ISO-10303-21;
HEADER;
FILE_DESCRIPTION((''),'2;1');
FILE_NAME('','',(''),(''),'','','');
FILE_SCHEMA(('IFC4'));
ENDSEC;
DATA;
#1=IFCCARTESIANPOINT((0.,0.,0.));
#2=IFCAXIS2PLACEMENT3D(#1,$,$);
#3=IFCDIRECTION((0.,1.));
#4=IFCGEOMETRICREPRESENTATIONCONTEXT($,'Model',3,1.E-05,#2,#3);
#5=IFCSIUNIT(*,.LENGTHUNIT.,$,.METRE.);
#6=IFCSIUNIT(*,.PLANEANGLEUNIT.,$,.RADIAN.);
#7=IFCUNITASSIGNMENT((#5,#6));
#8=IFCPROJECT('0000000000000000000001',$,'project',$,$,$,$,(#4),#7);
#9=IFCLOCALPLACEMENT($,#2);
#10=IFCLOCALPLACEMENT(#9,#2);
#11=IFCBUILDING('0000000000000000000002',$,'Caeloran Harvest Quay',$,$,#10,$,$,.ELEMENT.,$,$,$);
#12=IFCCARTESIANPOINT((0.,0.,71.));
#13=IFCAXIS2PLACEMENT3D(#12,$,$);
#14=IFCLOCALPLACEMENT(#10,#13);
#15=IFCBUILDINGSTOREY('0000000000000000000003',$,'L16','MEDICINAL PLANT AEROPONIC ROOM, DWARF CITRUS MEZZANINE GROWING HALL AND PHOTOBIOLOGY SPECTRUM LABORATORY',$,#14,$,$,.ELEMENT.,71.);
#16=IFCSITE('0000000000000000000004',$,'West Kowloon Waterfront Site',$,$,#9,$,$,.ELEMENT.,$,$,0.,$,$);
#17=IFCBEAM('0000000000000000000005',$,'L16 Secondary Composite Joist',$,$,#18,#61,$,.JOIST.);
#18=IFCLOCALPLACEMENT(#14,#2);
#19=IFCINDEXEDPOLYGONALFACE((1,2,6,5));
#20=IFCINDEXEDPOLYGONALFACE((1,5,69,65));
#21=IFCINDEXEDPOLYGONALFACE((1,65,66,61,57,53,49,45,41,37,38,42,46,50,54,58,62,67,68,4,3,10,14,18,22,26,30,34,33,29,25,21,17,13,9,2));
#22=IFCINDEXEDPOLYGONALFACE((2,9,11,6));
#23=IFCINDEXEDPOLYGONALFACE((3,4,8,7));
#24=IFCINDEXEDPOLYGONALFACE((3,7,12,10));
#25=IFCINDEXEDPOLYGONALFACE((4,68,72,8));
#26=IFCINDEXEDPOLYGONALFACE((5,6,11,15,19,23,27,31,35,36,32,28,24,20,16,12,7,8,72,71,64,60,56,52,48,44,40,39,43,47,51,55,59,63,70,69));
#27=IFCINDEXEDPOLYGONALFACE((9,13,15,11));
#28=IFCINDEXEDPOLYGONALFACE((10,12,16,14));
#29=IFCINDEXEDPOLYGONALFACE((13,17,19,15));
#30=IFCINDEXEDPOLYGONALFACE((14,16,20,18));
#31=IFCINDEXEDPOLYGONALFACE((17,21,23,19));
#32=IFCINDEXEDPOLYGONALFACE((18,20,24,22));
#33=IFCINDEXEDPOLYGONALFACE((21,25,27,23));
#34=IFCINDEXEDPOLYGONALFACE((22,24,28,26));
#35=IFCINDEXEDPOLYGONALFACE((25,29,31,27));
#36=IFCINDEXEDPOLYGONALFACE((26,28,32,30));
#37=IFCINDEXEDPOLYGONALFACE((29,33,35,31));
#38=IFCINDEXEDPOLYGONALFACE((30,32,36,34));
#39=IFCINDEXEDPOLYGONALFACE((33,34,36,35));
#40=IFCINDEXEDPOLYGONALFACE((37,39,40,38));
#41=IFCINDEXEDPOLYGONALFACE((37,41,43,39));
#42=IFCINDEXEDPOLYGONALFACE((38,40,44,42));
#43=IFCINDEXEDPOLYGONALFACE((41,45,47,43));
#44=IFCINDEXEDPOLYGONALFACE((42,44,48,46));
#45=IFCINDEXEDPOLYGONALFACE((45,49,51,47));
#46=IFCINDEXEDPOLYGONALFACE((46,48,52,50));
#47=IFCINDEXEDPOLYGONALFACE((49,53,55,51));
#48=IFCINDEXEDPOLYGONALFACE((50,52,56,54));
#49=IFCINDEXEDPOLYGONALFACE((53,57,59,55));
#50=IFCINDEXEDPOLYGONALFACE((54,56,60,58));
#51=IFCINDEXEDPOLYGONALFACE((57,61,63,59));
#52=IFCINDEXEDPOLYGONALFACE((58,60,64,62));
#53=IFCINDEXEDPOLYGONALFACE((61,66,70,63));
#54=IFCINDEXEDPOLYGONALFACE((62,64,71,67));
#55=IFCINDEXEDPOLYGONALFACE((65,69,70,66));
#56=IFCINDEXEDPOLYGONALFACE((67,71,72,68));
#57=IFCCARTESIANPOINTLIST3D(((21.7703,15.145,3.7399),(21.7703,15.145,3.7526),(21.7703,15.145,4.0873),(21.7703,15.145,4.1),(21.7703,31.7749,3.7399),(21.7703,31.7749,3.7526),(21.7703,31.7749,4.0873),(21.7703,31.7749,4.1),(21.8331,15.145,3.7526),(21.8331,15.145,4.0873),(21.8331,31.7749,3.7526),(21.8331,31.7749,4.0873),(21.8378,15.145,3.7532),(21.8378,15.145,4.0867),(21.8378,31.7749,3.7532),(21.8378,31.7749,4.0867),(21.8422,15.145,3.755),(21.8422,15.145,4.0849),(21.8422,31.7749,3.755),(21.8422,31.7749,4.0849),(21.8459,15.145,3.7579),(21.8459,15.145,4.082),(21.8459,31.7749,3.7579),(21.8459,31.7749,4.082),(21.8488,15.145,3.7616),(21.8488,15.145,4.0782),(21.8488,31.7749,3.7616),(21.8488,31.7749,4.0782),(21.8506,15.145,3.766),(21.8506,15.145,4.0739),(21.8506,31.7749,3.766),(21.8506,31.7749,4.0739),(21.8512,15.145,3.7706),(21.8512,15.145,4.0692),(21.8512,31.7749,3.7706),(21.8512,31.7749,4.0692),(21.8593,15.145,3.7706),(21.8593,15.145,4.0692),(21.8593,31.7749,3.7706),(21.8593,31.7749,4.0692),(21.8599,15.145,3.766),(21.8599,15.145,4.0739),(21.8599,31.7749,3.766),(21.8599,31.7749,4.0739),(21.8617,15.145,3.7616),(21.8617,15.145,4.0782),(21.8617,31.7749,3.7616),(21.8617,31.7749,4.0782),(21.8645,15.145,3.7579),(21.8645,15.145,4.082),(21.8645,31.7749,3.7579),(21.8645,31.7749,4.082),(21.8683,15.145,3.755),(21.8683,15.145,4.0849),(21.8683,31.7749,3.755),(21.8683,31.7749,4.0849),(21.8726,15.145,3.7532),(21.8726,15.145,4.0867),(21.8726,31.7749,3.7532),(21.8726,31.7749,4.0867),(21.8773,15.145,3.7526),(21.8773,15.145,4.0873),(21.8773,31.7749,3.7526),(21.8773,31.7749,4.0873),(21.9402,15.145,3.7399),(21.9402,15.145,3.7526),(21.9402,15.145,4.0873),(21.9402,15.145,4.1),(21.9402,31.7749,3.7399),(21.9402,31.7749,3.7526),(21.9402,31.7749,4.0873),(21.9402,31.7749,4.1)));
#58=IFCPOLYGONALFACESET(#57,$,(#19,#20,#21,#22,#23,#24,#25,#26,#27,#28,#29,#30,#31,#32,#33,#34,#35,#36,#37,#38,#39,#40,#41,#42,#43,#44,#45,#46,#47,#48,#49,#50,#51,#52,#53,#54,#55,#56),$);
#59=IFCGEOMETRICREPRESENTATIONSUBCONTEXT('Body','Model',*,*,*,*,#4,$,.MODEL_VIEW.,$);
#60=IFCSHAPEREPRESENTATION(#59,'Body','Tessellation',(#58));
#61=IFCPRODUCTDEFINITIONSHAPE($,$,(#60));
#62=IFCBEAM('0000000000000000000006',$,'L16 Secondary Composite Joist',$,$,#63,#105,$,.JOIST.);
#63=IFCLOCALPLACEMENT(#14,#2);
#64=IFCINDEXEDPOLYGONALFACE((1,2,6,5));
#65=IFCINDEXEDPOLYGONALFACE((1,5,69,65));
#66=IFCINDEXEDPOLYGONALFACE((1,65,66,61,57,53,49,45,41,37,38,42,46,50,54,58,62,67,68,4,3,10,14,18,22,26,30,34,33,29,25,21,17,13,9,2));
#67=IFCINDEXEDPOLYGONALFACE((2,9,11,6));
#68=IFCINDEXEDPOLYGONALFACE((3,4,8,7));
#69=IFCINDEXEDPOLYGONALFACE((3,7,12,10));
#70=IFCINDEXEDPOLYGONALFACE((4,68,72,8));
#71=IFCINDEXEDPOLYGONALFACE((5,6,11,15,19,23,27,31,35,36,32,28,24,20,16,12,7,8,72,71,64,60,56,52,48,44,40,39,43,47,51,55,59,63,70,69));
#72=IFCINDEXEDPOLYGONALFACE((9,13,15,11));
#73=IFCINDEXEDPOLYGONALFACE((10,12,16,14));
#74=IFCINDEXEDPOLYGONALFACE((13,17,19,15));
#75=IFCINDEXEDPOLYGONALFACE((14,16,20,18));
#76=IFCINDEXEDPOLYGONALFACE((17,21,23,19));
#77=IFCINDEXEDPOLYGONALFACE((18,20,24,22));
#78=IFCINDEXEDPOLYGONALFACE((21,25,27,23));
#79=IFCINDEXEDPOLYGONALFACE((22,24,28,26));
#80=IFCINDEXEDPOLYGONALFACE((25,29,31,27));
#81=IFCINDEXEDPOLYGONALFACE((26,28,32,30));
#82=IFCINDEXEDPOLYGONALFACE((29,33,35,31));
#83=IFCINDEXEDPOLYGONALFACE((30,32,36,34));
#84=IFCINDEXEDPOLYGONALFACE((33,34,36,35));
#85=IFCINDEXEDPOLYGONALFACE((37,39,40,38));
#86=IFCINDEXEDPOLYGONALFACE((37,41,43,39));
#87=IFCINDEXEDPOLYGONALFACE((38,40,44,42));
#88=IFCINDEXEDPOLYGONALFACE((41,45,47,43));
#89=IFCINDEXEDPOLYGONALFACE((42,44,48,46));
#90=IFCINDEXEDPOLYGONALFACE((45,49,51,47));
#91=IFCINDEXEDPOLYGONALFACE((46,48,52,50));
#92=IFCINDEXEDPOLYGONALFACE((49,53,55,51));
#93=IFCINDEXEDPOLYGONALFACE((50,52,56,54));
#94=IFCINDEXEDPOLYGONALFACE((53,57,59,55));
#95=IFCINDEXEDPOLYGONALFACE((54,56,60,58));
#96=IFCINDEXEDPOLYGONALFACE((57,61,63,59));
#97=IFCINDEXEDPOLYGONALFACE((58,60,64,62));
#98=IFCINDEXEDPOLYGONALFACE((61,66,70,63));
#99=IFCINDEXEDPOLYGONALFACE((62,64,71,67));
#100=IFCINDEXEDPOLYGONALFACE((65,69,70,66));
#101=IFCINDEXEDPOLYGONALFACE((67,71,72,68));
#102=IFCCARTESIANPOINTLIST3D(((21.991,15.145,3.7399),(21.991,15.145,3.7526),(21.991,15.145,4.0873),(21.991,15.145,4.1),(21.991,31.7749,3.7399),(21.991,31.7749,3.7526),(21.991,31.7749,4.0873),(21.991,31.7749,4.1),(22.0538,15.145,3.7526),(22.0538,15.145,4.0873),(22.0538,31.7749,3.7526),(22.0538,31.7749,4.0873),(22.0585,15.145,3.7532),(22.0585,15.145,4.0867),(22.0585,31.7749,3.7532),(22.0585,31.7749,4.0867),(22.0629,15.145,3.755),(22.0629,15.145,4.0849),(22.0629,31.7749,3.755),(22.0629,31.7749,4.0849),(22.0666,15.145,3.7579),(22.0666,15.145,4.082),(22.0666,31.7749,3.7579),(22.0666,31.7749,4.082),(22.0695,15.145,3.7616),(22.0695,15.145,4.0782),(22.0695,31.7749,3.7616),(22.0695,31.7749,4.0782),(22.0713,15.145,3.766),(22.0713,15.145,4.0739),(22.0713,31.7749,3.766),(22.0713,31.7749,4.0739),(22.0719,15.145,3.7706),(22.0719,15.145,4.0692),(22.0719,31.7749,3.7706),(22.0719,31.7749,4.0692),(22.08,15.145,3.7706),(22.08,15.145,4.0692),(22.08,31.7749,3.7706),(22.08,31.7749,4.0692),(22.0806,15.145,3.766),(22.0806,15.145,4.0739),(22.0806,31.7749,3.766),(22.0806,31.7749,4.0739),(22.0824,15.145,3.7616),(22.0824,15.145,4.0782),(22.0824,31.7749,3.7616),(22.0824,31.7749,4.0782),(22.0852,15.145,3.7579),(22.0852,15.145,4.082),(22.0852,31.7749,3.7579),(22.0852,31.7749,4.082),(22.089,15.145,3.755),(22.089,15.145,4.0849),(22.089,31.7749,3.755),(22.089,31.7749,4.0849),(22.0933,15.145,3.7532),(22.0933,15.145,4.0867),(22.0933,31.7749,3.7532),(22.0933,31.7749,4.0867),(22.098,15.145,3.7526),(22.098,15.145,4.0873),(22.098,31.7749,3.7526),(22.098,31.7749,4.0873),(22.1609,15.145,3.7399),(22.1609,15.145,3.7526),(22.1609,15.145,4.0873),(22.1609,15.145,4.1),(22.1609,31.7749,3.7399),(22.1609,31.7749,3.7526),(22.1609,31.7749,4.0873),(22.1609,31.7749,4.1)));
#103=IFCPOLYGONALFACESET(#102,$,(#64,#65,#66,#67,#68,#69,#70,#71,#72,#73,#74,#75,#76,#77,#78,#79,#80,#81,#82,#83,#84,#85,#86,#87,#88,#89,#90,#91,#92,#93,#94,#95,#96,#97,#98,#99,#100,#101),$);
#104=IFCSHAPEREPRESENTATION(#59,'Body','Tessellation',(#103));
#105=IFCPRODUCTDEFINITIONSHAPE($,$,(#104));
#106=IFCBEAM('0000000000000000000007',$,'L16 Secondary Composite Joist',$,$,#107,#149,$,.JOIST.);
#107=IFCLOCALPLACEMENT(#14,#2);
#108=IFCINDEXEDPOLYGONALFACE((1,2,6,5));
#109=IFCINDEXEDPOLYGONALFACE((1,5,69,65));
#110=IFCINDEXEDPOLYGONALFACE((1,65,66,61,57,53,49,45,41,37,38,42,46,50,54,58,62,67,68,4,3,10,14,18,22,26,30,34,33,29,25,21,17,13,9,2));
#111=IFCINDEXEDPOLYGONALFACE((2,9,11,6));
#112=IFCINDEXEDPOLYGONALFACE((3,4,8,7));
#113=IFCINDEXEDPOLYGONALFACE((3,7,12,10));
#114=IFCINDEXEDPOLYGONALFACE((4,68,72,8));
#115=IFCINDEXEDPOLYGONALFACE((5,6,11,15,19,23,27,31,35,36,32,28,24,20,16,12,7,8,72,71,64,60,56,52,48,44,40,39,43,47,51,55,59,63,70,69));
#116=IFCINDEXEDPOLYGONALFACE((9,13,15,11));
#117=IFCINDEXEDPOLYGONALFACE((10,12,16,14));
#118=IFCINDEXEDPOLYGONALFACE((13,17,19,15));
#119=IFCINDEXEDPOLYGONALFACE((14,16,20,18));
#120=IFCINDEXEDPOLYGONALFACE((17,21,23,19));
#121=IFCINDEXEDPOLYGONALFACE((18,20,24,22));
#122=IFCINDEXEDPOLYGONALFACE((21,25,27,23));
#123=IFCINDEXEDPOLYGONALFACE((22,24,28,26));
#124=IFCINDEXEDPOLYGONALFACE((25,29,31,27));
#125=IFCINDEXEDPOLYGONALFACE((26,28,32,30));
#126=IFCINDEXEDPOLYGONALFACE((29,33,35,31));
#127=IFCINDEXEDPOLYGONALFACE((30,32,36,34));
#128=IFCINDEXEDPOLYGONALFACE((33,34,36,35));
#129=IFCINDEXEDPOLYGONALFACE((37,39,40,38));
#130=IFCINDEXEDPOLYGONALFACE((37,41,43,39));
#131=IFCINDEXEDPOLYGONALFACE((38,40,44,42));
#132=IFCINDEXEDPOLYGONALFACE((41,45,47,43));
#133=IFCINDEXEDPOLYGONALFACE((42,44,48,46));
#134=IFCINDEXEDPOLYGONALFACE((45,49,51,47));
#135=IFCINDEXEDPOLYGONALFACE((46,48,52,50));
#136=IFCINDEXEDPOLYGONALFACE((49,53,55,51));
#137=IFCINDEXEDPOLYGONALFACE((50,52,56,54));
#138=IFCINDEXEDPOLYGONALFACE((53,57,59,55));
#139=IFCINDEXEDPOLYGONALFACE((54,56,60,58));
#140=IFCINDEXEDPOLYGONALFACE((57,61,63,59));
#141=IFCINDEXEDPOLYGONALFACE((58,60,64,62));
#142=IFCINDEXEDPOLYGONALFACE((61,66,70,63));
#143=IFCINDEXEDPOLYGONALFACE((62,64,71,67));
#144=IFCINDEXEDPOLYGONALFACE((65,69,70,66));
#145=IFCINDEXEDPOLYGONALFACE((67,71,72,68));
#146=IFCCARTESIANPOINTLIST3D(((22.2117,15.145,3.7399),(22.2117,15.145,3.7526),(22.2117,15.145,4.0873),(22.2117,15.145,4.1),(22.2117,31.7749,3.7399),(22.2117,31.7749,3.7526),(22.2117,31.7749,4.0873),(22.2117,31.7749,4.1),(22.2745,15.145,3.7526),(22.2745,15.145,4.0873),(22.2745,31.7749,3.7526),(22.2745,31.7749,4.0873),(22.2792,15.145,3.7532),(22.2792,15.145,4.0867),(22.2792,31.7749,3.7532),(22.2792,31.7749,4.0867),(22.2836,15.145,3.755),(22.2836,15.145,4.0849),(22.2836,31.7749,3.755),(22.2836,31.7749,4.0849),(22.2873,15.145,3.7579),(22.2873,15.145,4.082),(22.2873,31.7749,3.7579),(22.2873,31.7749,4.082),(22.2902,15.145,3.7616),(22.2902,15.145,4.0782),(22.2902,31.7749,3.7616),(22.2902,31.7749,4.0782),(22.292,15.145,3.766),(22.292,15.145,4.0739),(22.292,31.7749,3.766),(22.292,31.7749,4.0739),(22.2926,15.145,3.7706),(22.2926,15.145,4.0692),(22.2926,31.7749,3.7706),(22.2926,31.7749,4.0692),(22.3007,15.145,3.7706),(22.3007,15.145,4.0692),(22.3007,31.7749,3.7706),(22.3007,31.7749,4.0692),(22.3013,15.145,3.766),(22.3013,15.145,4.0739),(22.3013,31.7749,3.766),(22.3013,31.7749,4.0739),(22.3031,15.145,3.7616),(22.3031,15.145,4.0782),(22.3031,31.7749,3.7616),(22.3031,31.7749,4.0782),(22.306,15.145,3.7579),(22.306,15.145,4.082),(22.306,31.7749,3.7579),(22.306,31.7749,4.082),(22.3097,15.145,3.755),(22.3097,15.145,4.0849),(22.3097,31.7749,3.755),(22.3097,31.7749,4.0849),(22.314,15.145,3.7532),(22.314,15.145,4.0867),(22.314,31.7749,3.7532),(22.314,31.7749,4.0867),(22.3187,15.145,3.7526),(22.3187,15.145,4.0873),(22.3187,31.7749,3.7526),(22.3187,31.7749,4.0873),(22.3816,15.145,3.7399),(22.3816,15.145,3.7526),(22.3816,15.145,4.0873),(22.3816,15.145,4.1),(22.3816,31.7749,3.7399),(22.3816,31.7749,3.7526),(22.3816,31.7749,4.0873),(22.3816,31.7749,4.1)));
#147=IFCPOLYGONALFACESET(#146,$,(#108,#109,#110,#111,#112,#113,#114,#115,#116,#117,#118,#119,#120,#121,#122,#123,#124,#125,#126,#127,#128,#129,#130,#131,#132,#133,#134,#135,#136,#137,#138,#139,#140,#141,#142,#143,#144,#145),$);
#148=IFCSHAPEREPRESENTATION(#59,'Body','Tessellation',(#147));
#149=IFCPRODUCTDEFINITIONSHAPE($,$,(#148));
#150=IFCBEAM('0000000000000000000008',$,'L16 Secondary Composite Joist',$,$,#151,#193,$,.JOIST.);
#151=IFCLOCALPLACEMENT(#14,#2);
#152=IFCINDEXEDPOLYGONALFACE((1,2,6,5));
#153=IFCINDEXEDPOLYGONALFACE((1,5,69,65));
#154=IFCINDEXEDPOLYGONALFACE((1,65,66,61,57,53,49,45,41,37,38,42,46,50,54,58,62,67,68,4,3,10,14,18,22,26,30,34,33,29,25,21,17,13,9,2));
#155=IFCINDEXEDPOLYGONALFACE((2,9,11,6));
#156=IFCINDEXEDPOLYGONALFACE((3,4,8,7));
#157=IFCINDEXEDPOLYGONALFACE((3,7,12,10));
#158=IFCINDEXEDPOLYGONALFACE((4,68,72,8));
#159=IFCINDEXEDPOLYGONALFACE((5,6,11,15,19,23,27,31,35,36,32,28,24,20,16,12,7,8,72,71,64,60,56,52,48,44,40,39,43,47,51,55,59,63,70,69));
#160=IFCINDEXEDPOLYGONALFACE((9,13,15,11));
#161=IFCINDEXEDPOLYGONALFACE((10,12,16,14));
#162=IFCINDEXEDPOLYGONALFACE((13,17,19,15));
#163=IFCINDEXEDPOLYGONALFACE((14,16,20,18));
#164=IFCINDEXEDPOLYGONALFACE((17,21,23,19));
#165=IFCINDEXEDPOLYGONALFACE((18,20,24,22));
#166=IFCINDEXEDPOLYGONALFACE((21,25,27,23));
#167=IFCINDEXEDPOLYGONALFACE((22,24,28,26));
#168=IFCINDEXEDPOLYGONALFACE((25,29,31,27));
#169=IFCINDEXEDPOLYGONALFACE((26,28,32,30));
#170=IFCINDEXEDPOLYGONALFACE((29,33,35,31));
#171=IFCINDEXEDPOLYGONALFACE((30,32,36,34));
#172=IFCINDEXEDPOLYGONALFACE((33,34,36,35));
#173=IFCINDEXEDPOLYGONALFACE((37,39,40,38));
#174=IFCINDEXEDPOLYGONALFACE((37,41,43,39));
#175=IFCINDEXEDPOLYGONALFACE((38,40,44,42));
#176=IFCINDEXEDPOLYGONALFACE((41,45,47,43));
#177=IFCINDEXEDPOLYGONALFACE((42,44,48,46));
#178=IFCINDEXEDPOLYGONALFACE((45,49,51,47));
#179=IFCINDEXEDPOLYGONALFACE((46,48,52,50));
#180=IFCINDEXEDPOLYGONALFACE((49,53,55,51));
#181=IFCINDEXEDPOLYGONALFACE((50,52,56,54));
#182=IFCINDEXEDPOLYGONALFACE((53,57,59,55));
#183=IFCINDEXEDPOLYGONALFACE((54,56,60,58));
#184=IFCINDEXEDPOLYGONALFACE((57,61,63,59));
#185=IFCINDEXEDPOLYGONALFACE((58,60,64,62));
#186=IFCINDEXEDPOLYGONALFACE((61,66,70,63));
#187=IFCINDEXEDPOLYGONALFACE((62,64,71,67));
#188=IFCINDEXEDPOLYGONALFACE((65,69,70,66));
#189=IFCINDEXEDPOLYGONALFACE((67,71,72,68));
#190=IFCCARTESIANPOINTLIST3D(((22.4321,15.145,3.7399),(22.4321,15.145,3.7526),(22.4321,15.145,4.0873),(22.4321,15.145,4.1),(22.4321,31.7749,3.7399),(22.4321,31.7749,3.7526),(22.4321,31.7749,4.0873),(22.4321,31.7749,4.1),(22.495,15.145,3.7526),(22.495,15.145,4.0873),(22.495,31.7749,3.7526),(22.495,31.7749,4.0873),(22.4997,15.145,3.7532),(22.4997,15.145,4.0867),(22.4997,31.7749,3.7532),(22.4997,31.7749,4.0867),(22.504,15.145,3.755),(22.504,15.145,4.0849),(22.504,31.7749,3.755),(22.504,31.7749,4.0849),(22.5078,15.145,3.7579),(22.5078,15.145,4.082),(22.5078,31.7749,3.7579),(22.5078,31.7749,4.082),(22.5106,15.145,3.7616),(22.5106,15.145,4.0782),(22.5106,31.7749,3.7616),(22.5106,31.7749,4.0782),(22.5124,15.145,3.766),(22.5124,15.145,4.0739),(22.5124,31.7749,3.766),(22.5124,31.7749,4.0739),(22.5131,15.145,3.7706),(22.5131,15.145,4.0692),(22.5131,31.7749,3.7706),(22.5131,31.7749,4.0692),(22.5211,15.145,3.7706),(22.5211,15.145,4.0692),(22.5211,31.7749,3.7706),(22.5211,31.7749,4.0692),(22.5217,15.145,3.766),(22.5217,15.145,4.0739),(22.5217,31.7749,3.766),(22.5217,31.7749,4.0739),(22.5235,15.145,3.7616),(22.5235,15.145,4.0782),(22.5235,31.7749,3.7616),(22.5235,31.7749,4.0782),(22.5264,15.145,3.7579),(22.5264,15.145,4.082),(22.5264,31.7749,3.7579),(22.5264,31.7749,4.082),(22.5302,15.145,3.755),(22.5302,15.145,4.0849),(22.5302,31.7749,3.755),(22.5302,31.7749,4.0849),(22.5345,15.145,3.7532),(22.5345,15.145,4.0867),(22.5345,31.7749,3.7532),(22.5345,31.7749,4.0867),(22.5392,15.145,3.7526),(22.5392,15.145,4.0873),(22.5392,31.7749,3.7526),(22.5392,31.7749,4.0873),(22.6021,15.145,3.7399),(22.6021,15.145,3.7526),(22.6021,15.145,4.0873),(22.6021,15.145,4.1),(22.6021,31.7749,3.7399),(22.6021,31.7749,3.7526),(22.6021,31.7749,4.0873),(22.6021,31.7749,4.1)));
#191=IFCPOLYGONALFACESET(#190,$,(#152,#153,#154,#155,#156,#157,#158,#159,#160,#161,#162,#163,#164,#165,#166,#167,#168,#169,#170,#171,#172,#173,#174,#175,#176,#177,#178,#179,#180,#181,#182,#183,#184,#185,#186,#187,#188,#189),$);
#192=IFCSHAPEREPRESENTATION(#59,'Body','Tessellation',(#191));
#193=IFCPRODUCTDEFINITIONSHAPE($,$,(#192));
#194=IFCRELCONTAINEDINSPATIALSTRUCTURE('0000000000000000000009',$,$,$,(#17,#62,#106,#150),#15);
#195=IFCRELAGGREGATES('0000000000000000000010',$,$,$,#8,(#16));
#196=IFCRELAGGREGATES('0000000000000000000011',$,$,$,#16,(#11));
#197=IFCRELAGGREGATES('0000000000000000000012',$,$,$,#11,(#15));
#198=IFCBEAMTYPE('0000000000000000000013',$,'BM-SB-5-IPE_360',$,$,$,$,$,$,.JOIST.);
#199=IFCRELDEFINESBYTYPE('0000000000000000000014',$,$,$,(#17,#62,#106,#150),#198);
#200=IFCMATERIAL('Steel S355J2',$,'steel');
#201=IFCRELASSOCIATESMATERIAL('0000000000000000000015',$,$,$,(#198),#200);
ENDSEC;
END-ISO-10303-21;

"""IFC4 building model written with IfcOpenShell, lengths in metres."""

from ifc_helpers import new_model, si_unit, direction, frame, origin, origin_2d, place, context, subcontext, project, spatial, i_section, extrude, material, material_profile, profile_set, type_object, element, save


model = new_model("IFC4")

# Units and contexts
model_context = context("Model", 3, precision=1e-05, world=origin(), true_north=direction((0.0, 1.0)))
body_context = subcontext(model_context, "Body", "Model", "MODEL_VIEW")
ifc_project = project(units=[si_unit("LENGTHUNIT", "METRE"), si_unit("PLANEANGLEUNIT", "RADIAN")], contexts=[model_context])

# Site, building, storey
site_placement = place(None, origin())
site = spatial("IfcSite", under=ifc_project, at=site_placement, Name="West Kowloon Waterfront Site", CompositionType="ELEMENT", RefElevation=0.0)
building_placement = place(site_placement, origin())
building = spatial("IfcBuilding", under=site, at=building_placement, Name="Caeloran Harvest Quay", CompositionType="ELEMENT")
storey_placement = place(building_placement, frame((0.0, 0.0, 71.0)))
storey = spatial("IfcBuildingStorey", under=building, at=storey_placement, Name="L16", Description="MEDICINAL PLANT AEROPONIC ROOM, DWARF CITRUS MEZZANINE GROWING HALL AND PHOTOBIOLOGY SPECTRUM LABORATORY", CompositionType="ELEMENT", Elevation=71.0)

# Beams
ifc_material_1 = material(Name="Steel S355J2", Category="steel")
ifc_material_profile_1 = material_profile(ifc_material_1, i_section(OverallWidth=0.1699, OverallDepth=0.3601, WebThickness=0.0081, FlangeThickness=0.0127, FilletRadius=0.0181, at=origin_2d()), Name="IPE 360")
ifc_profile_set_1 = profile_set([ifc_material_profile_1], Name="Steel S355J2")
beam_type_1 = type_object("IfcBeamType", Name="BM-SB-5-IPE_360", PredefinedType="JOIST", material=ifc_profile_set_1)
for number, where, z_axis, x_axis, name in (
    (1, (21.8552, 15.145, 3.9199), (0.0, 1.0, 0.0), (-1.0, 0.0, 0.0), "L16 Secondary Composite Joist"),
    (2, (22.0759, 15.145, 3.9199), (0.0, 1.0, 0.0), (-1.0, 0.0, 0.0), "L16 Secondary Composite Joist"),
    (3, (22.2966, 15.145, 3.9199), (0.0, 1.0, 0.0), (-1.0, 0.0, 0.0), "L16 Secondary Composite Joist"),
    (4, (22.5171, 15.145, 3.9199), (0.0, 1.0, 0.0), (-1.0, 0.0, 0.0), "L16 Secondary Composite Joist"),
):
    element("IfcBeam", number, at=place(storey_placement, frame(where, z_axis=z_axis, x_axis=x_axis)), inside=storey, type_object=beam_type_1, Name=name, PredefinedType="JOIST", context=body_context, shape_type="SweptSolid", body=[
        extrude(i_section(OverallWidth=0.1699, OverallDepth=0.3601, WebThickness=0.0081, FlangeThickness=0.0127, FilletRadius=0.0181, at=origin_2d()), origin(), (0.0, 0.0, 1.0), 16.6299),
    ])

save(model, "model.ifc")
